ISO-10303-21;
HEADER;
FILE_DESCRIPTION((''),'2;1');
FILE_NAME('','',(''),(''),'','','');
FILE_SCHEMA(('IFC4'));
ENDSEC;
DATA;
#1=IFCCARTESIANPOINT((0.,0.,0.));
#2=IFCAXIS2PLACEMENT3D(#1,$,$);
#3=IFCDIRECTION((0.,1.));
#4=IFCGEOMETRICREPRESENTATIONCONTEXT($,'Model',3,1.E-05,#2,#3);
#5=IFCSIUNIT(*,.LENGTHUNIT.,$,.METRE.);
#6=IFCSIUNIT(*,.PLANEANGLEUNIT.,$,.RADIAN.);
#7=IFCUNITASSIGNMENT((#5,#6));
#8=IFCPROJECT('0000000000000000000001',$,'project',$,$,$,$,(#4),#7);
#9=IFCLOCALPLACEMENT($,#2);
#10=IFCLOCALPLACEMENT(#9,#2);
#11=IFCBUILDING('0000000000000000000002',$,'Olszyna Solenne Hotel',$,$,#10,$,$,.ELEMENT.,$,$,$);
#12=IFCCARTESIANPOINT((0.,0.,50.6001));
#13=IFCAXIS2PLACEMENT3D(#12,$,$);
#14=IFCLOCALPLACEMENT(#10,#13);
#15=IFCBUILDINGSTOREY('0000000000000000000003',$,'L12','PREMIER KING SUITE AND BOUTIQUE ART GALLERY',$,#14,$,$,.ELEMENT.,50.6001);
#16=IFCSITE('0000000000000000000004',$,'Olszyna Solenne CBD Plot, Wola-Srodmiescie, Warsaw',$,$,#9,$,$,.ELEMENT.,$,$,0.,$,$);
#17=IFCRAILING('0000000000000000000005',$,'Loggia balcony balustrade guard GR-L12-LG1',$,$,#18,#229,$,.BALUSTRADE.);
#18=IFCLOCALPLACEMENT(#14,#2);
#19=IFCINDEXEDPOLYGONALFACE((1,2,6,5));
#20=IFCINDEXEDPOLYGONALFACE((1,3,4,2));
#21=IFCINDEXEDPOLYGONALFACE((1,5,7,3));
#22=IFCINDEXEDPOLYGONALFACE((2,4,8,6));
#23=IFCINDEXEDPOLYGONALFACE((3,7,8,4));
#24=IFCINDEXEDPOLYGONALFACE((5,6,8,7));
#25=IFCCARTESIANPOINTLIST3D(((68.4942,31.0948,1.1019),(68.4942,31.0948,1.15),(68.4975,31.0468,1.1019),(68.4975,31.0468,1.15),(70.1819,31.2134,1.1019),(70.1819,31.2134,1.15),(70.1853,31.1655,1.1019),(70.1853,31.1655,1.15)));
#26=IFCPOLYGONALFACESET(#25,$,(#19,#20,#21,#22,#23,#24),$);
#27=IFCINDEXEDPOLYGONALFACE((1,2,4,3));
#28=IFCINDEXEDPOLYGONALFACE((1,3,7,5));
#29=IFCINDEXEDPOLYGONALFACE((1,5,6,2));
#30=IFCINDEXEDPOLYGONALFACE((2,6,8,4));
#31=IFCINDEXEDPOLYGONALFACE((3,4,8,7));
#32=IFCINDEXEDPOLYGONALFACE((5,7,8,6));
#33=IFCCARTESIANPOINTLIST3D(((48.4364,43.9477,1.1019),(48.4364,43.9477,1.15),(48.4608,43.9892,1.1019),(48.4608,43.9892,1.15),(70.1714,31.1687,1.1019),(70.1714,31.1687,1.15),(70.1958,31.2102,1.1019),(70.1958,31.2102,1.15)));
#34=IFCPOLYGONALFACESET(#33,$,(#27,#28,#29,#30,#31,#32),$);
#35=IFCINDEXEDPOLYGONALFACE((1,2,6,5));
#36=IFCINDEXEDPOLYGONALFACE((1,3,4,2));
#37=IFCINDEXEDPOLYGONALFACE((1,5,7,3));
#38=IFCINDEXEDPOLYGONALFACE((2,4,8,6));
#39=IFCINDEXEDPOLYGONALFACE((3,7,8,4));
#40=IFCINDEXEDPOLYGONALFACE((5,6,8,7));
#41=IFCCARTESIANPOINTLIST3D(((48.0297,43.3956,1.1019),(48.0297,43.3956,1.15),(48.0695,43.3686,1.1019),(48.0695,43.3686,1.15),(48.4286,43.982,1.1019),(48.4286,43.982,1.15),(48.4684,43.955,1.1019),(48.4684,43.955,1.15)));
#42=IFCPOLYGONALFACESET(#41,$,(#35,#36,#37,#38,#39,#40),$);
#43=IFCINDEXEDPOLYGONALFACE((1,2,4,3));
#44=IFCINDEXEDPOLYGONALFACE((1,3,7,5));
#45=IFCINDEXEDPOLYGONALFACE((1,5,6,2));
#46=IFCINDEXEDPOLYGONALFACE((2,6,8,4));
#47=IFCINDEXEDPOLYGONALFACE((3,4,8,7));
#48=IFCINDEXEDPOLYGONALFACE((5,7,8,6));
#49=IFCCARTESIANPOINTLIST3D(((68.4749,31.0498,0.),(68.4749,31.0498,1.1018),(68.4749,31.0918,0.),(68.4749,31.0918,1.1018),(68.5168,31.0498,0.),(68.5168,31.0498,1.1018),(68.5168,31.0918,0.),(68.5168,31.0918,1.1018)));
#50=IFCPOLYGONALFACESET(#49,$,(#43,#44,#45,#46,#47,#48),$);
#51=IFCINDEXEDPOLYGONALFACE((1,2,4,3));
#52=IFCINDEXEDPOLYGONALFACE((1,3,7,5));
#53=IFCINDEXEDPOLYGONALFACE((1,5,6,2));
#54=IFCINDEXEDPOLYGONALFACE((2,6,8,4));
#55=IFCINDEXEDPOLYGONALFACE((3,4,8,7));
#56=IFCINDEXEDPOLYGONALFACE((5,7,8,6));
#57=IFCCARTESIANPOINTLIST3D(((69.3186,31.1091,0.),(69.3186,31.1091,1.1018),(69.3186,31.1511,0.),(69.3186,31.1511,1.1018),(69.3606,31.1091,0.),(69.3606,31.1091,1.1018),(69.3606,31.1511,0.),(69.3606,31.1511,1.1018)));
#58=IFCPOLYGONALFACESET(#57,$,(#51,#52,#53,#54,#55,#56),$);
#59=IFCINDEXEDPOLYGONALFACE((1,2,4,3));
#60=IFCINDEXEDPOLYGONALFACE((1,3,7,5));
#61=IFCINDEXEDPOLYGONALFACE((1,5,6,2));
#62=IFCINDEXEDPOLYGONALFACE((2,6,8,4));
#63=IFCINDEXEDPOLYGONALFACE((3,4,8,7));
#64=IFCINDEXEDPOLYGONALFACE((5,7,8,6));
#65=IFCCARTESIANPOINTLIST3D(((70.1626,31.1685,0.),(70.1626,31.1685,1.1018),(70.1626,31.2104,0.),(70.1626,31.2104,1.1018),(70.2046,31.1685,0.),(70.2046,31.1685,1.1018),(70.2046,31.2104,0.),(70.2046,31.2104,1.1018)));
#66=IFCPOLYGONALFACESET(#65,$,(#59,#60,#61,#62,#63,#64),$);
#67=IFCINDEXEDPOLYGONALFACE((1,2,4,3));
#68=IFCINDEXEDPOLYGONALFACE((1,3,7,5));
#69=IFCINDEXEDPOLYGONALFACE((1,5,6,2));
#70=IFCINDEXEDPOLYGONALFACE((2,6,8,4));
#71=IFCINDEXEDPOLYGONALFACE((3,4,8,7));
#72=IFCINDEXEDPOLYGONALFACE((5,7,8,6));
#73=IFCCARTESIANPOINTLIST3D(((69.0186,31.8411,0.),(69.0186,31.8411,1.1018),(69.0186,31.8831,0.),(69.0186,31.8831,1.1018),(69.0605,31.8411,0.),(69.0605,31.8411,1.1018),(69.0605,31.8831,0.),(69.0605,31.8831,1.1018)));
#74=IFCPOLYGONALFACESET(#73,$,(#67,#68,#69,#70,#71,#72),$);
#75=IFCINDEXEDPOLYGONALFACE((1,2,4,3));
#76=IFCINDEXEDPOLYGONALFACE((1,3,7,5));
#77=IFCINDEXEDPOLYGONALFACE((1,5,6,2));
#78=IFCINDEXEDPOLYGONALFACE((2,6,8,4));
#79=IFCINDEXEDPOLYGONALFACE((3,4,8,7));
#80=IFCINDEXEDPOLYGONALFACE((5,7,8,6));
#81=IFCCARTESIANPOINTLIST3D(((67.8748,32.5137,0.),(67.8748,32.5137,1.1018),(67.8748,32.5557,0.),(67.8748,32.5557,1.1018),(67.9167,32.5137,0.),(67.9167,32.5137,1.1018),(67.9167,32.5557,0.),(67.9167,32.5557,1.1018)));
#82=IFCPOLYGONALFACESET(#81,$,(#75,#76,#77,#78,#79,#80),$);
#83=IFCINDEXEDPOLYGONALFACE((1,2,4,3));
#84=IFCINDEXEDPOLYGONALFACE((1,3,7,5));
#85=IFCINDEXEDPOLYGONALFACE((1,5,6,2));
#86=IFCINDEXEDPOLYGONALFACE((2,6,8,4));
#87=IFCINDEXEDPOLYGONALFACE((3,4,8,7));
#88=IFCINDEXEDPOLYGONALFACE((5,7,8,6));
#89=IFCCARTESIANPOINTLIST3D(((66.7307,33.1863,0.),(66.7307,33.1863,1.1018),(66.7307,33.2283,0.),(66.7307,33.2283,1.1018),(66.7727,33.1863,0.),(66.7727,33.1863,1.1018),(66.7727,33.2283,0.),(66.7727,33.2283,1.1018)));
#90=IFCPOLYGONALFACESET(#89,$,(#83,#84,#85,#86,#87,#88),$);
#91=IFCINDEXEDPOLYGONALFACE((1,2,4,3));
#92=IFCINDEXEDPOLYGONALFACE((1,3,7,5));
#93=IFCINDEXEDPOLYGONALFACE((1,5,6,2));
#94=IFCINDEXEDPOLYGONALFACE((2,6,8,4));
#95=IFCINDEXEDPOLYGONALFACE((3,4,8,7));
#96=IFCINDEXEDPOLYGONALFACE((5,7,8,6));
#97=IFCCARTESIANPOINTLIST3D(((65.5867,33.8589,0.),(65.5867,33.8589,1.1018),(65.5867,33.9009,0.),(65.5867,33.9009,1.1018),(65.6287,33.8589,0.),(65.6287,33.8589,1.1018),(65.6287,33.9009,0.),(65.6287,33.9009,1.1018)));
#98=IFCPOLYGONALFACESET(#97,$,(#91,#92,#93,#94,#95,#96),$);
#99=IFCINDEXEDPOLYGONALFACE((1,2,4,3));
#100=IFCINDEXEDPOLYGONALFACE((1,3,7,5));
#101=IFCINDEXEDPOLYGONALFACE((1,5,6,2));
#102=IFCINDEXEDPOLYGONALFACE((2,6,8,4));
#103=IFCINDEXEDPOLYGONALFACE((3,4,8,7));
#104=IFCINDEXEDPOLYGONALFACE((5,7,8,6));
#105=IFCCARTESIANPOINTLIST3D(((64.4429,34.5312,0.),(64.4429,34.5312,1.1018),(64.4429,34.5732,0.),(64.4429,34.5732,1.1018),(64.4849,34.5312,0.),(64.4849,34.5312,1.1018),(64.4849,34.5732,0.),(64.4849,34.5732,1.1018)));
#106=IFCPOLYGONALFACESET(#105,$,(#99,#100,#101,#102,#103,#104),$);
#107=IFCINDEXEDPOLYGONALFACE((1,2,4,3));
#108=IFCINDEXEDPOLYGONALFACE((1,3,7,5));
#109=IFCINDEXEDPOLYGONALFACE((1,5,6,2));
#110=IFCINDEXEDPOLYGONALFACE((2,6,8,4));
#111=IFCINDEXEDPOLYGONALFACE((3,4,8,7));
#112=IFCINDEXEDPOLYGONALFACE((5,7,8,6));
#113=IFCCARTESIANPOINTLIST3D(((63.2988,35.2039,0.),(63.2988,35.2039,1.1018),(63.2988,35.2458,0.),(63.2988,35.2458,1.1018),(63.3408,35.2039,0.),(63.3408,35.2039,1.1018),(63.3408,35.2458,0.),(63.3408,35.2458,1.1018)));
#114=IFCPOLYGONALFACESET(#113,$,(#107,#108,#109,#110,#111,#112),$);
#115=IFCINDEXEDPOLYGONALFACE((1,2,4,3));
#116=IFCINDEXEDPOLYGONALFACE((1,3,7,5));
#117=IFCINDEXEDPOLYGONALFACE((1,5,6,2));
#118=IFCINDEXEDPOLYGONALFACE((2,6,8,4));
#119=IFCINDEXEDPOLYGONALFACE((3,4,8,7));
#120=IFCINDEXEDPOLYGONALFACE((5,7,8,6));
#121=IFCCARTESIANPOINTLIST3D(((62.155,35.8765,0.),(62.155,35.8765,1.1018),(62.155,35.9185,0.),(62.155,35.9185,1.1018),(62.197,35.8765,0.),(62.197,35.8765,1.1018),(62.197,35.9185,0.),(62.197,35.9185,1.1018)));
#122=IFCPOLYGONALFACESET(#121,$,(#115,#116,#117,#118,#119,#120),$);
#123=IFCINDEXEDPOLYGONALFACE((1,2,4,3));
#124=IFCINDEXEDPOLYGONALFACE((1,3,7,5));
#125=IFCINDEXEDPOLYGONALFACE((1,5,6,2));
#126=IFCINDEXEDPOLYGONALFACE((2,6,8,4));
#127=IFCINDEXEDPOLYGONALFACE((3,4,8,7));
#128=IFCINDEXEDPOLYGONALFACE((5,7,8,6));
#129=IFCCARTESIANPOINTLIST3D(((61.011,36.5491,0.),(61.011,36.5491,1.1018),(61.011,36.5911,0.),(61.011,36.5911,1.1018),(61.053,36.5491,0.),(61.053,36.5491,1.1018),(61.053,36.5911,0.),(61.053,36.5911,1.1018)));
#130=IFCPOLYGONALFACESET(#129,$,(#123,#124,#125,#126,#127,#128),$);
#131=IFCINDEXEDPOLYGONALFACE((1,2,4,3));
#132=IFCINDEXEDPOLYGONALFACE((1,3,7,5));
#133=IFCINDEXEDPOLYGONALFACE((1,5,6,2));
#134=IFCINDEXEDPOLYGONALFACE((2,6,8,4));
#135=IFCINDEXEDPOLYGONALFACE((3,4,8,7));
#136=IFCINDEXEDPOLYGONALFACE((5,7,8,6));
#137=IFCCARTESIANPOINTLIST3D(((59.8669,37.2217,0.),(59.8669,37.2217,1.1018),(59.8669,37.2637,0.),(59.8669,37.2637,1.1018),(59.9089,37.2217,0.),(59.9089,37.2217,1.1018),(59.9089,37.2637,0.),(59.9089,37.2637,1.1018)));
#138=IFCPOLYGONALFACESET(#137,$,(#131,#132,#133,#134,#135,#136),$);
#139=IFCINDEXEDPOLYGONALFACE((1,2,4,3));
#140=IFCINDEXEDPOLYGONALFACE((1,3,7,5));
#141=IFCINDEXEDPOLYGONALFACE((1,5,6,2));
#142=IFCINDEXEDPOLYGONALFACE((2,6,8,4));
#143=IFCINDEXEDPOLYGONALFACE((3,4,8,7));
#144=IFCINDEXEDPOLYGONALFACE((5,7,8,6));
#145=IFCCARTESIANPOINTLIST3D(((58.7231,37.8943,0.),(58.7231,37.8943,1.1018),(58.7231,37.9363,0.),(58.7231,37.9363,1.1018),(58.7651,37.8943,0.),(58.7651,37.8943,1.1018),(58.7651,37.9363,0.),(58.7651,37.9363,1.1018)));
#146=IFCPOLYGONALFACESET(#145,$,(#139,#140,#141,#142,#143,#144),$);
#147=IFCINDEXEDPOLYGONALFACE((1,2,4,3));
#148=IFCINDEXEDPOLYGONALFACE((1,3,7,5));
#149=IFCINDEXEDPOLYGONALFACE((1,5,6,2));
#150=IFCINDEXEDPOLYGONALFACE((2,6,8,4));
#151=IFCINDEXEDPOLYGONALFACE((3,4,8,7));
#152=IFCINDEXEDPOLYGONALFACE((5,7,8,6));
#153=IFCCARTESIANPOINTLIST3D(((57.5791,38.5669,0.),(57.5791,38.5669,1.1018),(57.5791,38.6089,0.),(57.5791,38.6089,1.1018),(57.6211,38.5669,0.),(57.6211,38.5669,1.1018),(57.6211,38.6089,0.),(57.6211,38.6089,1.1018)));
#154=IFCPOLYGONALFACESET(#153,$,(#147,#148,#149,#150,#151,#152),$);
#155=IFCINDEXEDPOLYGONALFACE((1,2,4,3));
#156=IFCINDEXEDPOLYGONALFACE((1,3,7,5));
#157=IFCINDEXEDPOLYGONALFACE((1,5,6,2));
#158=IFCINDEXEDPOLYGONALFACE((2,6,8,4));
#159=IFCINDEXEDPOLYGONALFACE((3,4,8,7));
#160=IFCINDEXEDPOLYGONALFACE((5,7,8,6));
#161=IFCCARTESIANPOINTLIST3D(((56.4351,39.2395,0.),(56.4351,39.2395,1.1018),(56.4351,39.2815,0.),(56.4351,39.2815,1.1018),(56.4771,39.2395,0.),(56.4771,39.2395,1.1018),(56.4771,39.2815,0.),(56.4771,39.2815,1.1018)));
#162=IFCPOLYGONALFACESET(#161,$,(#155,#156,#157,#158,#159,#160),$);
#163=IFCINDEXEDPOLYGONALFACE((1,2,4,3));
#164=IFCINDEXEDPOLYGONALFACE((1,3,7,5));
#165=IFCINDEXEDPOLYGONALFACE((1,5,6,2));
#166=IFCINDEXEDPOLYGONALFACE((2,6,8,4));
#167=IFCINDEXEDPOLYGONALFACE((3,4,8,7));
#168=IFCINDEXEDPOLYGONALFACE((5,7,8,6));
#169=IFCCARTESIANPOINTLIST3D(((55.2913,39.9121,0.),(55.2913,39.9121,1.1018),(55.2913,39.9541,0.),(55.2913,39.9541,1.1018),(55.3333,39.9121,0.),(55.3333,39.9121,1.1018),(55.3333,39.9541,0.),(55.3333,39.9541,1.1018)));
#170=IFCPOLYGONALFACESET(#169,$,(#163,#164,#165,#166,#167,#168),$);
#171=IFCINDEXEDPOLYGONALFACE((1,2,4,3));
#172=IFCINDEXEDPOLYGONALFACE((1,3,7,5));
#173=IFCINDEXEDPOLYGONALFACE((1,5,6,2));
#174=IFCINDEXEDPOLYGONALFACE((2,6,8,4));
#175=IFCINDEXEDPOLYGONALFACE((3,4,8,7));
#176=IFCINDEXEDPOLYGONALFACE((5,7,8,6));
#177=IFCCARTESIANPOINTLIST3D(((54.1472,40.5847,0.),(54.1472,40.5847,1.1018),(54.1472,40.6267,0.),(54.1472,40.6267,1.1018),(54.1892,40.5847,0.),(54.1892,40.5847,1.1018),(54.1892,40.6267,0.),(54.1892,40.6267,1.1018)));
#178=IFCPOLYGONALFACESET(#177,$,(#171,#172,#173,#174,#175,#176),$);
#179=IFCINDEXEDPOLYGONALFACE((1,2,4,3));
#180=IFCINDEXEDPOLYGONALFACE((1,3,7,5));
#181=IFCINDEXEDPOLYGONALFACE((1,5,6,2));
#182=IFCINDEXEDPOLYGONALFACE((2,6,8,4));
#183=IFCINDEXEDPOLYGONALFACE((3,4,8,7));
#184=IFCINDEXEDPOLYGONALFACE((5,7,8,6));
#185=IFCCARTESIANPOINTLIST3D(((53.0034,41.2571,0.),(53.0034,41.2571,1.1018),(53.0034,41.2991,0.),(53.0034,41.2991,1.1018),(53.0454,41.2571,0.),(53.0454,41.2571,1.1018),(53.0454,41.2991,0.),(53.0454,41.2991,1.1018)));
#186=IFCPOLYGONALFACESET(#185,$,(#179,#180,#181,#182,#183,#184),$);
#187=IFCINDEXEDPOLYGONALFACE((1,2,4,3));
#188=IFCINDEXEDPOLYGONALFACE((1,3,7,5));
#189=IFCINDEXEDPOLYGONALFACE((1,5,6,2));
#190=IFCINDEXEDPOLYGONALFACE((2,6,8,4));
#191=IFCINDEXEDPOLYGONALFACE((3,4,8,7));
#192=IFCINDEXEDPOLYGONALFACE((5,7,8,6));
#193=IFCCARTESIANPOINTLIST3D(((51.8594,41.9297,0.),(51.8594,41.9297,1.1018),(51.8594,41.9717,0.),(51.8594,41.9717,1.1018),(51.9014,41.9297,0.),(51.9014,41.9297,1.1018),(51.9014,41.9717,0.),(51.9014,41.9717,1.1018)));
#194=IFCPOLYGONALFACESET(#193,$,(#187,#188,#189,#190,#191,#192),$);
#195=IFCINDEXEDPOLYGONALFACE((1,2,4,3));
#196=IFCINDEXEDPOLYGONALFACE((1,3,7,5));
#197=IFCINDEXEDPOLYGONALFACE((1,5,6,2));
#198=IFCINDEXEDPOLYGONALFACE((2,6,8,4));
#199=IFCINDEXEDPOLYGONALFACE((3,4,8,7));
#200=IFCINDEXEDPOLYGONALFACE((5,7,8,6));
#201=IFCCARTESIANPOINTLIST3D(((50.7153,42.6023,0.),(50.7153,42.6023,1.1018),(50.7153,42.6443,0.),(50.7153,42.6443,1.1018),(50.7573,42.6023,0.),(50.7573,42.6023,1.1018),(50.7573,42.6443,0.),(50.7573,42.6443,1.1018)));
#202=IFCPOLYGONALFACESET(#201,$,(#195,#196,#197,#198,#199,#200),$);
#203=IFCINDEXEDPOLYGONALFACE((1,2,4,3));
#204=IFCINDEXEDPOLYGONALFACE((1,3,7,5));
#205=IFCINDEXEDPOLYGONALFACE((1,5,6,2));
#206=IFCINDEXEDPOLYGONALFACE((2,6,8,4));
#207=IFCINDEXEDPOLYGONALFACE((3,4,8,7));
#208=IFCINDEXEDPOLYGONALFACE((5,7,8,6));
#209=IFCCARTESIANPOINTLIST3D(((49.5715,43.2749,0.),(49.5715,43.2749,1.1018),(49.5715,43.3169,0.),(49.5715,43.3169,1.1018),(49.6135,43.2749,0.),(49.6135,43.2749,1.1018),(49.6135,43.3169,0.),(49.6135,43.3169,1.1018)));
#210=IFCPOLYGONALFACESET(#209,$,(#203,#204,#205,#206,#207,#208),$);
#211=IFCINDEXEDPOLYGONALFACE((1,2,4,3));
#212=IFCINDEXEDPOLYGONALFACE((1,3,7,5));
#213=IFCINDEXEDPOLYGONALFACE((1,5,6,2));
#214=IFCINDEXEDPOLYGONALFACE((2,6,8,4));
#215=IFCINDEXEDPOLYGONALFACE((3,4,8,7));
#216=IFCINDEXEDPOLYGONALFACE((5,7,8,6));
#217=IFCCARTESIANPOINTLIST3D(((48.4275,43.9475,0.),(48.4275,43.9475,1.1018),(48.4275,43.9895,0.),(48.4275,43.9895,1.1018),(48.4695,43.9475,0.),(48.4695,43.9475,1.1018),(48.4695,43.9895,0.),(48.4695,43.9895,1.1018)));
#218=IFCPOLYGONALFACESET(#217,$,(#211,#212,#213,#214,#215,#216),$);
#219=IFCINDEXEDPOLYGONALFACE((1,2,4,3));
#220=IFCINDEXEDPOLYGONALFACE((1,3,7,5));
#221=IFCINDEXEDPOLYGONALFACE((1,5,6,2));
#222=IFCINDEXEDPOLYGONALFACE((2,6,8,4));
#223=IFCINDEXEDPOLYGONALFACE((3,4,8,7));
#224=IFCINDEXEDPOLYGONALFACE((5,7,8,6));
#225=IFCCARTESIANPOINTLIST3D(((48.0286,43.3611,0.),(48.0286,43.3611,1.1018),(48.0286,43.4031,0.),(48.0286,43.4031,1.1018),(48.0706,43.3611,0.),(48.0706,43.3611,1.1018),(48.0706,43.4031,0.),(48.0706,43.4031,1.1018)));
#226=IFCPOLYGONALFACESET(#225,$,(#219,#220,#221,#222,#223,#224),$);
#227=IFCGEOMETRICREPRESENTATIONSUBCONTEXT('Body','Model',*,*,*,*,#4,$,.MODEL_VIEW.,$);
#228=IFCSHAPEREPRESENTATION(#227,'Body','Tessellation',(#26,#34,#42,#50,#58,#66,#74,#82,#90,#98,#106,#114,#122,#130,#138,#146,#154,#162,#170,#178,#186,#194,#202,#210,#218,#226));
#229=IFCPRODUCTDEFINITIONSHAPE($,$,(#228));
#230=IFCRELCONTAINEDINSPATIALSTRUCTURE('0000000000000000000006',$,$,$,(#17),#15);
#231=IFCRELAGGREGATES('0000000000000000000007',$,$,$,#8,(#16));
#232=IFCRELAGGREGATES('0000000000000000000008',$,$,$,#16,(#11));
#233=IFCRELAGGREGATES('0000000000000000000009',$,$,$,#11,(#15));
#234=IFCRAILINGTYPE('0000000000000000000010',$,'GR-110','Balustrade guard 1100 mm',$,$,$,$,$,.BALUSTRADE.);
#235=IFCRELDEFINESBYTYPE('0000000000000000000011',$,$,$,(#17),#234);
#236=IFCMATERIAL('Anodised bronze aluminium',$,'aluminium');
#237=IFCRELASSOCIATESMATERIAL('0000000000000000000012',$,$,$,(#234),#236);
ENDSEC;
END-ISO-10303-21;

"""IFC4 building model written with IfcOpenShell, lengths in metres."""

from ifc_helpers import new_model, si_unit, direction, frame, origin, origin_2d, place, context, subcontext, project, spatial, rectangle, extrude, material, type_object, element, save


model = new_model("IFC4")

# Units and contexts
model_context = context("Model", 3, precision=1e-05, world=origin(), true_north=direction((0.0, 1.0)))
body_context = subcontext(model_context, "Body", "Model", "MODEL_VIEW")
ifc_project = project(units=[si_unit("LENGTHUNIT", "METRE"), si_unit("PLANEANGLEUNIT", "RADIAN")], contexts=[model_context])

# Site, building, storey
site_placement = place(None, origin())
site = spatial("IfcSite", under=ifc_project, at=site_placement, Name="Olszyna Solenne CBD Plot, Wola-Srodmiescie, Warsaw", CompositionType="ELEMENT", RefElevation=0.0)
building_placement = place(site_placement, origin())
building = spatial("IfcBuilding", under=site, at=building_placement, Name="Olszyna Solenne Hotel", CompositionType="ELEMENT")
storey_placement = place(building_placement, frame((0.0, 0.0, 50.6001)))
storey = spatial("IfcBuildingStorey", under=building, at=storey_placement, Name="L12", Description="PREMIER KING SUITE AND BOUTIQUE ART GALLERY", CompositionType="ELEMENT", Elevation=50.6001)

# Shared definitions
ifc_material_1 = material(Name="Anodised bronze aluminium", Category="aluminium")

# Railing
railing_type = type_object("IfcRailingType", Name="GR-110", Description="Balustrade guard 1100 mm", PredefinedType="BALUSTRADE", material=ifc_material_1)
railing_placement = place(storey_placement, frame((68.4958, 31.0708, 0.0)))
element("IfcRailing", 1, at=railing_placement, inside=storey, type_object=railing_type, Name="Loggia balcony balustrade guard GR-L12-LG1", PredefinedType="BALUSTRADE", context=body_context, shape_type="SweptSolid", body=[
    extrude(rectangle(XDim=0.0481, YDim=0.0481, at=origin_2d()), frame((0.0, 0.0, 1.126), z_axis=(0.997538, 0.070129, 0.0), x_axis=(-0.070129, 0.997538, 0.0)), (0.0, 0.0, 1.0), 1.6919),
    extrude(rectangle(XDim=0.0481, YDim=0.0481, at=origin_2d()), frame((1.6877, 0.1187, 1.126), z_axis=(-0.862043, 0.506834, 0.0), x_axis=(-0.506834, -0.862043, 0.0)), (0.0, 0.0, 1.0), 25.2134),
    extrude(rectangle(XDim=0.0481, YDim=0.0481, at=origin_2d()), frame((-20.0474, 12.8977, 1.126), z_axis=(-0.562461, -0.826824, 0.0), x_axis=(0.826824, -0.562461, 0.0)), (0.0, 0.0, 1.0), 0.7092),
    extrude(rectangle(XDim=0.042, YDim=0.042, at=origin_2d()), origin(), (0.0, 0.0, 1.0), 1.1018),
    extrude(rectangle(XDim=0.042, YDim=0.042, at=origin_2d()), frame((0.8438, 0.0593, 0.0)), (0.0, 0.0, 1.0), 1.1018),
    extrude(rectangle(XDim=0.042, YDim=0.042, at=origin_2d()), frame((1.6877, 0.1187, 0.0)), (0.0, 0.0, 1.0), 1.1018),
    extrude(rectangle(XDim=0.042, YDim=0.042, at=origin_2d()), frame((0.5437, 0.7913, 0.0)), (0.0, 0.0, 1.0), 1.1018),
    extrude(rectangle(XDim=0.042, YDim=0.042, at=origin_2d()), frame((-0.6001, 1.4639, 0.0)), (0.0, 0.0, 1.0), 1.1018),
    extrude(rectangle(XDim=0.042, YDim=0.042, at=origin_2d()), frame((-1.7441, 2.1365, 0.0)), (0.0, 0.0, 1.0), 1.1018),
    extrude(rectangle(XDim=0.042, YDim=0.042, at=origin_2d()), frame((-2.8882, 2.8091, 0.0)), (0.0, 0.0, 1.0), 1.1018),
    extrude(rectangle(XDim=0.042, YDim=0.042, at=origin_2d()), frame((-4.032, 3.4814, 0.0)), (0.0, 0.0, 1.0), 1.1018),
    extrude(rectangle(XDim=0.042, YDim=0.042, at=origin_2d()), frame((-5.176, 4.1541, 0.0)), (0.0, 0.0, 1.0), 1.1018),
    extrude(rectangle(XDim=0.042, YDim=0.042, at=origin_2d()), frame((-6.3198, 4.8267, 0.0)), (0.0, 0.0, 1.0), 1.1018),
    extrude(rectangle(XDim=0.042, YDim=0.042, at=origin_2d()), frame((-7.4639, 5.4993, 0.0)), (0.0, 0.0, 1.0), 1.1018),
    extrude(rectangle(XDim=0.042, YDim=0.042, at=origin_2d()), frame((-8.6079, 6.1719, 0.0)), (0.0, 0.0, 1.0), 1.1018),
    extrude(rectangle(XDim=0.042, YDim=0.042, at=origin_2d()), frame((-9.7517, 6.8445, 0.0)), (0.0, 0.0, 1.0), 1.1018),
    extrude(rectangle(XDim=0.042, YDim=0.042, at=origin_2d()), frame((-10.8958, 7.5171, 0.0)), (0.0, 0.0, 1.0), 1.1018),
    extrude(rectangle(XDim=0.042, YDim=0.042, at=origin_2d()), frame((-12.0398, 8.1897, 0.0)), (0.0, 0.0, 1.0), 1.1018),
    extrude(rectangle(XDim=0.042, YDim=0.042, at=origin_2d()), frame((-13.1836, 8.8623, 0.0)), (0.0, 0.0, 1.0), 1.1018),
    extrude(rectangle(XDim=0.042, YDim=0.042, at=origin_2d()), frame((-14.3276, 9.5349, 0.0)), (0.0, 0.0, 1.0), 1.1018),
    extrude(rectangle(XDim=0.042, YDim=0.042, at=origin_2d()), frame((-15.4714, 10.2073, 0.0)), (0.0, 0.0, 1.0), 1.1018),
    extrude(rectangle(XDim=0.042, YDim=0.042, at=origin_2d()), frame((-16.6155, 10.8799, 0.0)), (0.0, 0.0, 1.0), 1.1018),
    extrude(rectangle(XDim=0.042, YDim=0.042, at=origin_2d()), frame((-17.7595, 11.5525, 0.0)), (0.0, 0.0, 1.0), 1.1018),
    extrude(rectangle(XDim=0.042, YDim=0.042, at=origin_2d()), frame((-18.9033, 12.2251, 0.0)), (0.0, 0.0, 1.0), 1.1018),
    extrude(rectangle(XDim=0.042, YDim=0.042, at=origin_2d()), frame((-20.0474, 12.8977, 0.0)), (0.0, 0.0, 1.0), 1.1018),
    extrude(rectangle(XDim=0.042, YDim=0.042, at=origin_2d()), frame((-20.4463, 12.3113, 0.0)), (0.0, 0.0, 1.0), 1.1018),
])

save(model, "model.ifc")
